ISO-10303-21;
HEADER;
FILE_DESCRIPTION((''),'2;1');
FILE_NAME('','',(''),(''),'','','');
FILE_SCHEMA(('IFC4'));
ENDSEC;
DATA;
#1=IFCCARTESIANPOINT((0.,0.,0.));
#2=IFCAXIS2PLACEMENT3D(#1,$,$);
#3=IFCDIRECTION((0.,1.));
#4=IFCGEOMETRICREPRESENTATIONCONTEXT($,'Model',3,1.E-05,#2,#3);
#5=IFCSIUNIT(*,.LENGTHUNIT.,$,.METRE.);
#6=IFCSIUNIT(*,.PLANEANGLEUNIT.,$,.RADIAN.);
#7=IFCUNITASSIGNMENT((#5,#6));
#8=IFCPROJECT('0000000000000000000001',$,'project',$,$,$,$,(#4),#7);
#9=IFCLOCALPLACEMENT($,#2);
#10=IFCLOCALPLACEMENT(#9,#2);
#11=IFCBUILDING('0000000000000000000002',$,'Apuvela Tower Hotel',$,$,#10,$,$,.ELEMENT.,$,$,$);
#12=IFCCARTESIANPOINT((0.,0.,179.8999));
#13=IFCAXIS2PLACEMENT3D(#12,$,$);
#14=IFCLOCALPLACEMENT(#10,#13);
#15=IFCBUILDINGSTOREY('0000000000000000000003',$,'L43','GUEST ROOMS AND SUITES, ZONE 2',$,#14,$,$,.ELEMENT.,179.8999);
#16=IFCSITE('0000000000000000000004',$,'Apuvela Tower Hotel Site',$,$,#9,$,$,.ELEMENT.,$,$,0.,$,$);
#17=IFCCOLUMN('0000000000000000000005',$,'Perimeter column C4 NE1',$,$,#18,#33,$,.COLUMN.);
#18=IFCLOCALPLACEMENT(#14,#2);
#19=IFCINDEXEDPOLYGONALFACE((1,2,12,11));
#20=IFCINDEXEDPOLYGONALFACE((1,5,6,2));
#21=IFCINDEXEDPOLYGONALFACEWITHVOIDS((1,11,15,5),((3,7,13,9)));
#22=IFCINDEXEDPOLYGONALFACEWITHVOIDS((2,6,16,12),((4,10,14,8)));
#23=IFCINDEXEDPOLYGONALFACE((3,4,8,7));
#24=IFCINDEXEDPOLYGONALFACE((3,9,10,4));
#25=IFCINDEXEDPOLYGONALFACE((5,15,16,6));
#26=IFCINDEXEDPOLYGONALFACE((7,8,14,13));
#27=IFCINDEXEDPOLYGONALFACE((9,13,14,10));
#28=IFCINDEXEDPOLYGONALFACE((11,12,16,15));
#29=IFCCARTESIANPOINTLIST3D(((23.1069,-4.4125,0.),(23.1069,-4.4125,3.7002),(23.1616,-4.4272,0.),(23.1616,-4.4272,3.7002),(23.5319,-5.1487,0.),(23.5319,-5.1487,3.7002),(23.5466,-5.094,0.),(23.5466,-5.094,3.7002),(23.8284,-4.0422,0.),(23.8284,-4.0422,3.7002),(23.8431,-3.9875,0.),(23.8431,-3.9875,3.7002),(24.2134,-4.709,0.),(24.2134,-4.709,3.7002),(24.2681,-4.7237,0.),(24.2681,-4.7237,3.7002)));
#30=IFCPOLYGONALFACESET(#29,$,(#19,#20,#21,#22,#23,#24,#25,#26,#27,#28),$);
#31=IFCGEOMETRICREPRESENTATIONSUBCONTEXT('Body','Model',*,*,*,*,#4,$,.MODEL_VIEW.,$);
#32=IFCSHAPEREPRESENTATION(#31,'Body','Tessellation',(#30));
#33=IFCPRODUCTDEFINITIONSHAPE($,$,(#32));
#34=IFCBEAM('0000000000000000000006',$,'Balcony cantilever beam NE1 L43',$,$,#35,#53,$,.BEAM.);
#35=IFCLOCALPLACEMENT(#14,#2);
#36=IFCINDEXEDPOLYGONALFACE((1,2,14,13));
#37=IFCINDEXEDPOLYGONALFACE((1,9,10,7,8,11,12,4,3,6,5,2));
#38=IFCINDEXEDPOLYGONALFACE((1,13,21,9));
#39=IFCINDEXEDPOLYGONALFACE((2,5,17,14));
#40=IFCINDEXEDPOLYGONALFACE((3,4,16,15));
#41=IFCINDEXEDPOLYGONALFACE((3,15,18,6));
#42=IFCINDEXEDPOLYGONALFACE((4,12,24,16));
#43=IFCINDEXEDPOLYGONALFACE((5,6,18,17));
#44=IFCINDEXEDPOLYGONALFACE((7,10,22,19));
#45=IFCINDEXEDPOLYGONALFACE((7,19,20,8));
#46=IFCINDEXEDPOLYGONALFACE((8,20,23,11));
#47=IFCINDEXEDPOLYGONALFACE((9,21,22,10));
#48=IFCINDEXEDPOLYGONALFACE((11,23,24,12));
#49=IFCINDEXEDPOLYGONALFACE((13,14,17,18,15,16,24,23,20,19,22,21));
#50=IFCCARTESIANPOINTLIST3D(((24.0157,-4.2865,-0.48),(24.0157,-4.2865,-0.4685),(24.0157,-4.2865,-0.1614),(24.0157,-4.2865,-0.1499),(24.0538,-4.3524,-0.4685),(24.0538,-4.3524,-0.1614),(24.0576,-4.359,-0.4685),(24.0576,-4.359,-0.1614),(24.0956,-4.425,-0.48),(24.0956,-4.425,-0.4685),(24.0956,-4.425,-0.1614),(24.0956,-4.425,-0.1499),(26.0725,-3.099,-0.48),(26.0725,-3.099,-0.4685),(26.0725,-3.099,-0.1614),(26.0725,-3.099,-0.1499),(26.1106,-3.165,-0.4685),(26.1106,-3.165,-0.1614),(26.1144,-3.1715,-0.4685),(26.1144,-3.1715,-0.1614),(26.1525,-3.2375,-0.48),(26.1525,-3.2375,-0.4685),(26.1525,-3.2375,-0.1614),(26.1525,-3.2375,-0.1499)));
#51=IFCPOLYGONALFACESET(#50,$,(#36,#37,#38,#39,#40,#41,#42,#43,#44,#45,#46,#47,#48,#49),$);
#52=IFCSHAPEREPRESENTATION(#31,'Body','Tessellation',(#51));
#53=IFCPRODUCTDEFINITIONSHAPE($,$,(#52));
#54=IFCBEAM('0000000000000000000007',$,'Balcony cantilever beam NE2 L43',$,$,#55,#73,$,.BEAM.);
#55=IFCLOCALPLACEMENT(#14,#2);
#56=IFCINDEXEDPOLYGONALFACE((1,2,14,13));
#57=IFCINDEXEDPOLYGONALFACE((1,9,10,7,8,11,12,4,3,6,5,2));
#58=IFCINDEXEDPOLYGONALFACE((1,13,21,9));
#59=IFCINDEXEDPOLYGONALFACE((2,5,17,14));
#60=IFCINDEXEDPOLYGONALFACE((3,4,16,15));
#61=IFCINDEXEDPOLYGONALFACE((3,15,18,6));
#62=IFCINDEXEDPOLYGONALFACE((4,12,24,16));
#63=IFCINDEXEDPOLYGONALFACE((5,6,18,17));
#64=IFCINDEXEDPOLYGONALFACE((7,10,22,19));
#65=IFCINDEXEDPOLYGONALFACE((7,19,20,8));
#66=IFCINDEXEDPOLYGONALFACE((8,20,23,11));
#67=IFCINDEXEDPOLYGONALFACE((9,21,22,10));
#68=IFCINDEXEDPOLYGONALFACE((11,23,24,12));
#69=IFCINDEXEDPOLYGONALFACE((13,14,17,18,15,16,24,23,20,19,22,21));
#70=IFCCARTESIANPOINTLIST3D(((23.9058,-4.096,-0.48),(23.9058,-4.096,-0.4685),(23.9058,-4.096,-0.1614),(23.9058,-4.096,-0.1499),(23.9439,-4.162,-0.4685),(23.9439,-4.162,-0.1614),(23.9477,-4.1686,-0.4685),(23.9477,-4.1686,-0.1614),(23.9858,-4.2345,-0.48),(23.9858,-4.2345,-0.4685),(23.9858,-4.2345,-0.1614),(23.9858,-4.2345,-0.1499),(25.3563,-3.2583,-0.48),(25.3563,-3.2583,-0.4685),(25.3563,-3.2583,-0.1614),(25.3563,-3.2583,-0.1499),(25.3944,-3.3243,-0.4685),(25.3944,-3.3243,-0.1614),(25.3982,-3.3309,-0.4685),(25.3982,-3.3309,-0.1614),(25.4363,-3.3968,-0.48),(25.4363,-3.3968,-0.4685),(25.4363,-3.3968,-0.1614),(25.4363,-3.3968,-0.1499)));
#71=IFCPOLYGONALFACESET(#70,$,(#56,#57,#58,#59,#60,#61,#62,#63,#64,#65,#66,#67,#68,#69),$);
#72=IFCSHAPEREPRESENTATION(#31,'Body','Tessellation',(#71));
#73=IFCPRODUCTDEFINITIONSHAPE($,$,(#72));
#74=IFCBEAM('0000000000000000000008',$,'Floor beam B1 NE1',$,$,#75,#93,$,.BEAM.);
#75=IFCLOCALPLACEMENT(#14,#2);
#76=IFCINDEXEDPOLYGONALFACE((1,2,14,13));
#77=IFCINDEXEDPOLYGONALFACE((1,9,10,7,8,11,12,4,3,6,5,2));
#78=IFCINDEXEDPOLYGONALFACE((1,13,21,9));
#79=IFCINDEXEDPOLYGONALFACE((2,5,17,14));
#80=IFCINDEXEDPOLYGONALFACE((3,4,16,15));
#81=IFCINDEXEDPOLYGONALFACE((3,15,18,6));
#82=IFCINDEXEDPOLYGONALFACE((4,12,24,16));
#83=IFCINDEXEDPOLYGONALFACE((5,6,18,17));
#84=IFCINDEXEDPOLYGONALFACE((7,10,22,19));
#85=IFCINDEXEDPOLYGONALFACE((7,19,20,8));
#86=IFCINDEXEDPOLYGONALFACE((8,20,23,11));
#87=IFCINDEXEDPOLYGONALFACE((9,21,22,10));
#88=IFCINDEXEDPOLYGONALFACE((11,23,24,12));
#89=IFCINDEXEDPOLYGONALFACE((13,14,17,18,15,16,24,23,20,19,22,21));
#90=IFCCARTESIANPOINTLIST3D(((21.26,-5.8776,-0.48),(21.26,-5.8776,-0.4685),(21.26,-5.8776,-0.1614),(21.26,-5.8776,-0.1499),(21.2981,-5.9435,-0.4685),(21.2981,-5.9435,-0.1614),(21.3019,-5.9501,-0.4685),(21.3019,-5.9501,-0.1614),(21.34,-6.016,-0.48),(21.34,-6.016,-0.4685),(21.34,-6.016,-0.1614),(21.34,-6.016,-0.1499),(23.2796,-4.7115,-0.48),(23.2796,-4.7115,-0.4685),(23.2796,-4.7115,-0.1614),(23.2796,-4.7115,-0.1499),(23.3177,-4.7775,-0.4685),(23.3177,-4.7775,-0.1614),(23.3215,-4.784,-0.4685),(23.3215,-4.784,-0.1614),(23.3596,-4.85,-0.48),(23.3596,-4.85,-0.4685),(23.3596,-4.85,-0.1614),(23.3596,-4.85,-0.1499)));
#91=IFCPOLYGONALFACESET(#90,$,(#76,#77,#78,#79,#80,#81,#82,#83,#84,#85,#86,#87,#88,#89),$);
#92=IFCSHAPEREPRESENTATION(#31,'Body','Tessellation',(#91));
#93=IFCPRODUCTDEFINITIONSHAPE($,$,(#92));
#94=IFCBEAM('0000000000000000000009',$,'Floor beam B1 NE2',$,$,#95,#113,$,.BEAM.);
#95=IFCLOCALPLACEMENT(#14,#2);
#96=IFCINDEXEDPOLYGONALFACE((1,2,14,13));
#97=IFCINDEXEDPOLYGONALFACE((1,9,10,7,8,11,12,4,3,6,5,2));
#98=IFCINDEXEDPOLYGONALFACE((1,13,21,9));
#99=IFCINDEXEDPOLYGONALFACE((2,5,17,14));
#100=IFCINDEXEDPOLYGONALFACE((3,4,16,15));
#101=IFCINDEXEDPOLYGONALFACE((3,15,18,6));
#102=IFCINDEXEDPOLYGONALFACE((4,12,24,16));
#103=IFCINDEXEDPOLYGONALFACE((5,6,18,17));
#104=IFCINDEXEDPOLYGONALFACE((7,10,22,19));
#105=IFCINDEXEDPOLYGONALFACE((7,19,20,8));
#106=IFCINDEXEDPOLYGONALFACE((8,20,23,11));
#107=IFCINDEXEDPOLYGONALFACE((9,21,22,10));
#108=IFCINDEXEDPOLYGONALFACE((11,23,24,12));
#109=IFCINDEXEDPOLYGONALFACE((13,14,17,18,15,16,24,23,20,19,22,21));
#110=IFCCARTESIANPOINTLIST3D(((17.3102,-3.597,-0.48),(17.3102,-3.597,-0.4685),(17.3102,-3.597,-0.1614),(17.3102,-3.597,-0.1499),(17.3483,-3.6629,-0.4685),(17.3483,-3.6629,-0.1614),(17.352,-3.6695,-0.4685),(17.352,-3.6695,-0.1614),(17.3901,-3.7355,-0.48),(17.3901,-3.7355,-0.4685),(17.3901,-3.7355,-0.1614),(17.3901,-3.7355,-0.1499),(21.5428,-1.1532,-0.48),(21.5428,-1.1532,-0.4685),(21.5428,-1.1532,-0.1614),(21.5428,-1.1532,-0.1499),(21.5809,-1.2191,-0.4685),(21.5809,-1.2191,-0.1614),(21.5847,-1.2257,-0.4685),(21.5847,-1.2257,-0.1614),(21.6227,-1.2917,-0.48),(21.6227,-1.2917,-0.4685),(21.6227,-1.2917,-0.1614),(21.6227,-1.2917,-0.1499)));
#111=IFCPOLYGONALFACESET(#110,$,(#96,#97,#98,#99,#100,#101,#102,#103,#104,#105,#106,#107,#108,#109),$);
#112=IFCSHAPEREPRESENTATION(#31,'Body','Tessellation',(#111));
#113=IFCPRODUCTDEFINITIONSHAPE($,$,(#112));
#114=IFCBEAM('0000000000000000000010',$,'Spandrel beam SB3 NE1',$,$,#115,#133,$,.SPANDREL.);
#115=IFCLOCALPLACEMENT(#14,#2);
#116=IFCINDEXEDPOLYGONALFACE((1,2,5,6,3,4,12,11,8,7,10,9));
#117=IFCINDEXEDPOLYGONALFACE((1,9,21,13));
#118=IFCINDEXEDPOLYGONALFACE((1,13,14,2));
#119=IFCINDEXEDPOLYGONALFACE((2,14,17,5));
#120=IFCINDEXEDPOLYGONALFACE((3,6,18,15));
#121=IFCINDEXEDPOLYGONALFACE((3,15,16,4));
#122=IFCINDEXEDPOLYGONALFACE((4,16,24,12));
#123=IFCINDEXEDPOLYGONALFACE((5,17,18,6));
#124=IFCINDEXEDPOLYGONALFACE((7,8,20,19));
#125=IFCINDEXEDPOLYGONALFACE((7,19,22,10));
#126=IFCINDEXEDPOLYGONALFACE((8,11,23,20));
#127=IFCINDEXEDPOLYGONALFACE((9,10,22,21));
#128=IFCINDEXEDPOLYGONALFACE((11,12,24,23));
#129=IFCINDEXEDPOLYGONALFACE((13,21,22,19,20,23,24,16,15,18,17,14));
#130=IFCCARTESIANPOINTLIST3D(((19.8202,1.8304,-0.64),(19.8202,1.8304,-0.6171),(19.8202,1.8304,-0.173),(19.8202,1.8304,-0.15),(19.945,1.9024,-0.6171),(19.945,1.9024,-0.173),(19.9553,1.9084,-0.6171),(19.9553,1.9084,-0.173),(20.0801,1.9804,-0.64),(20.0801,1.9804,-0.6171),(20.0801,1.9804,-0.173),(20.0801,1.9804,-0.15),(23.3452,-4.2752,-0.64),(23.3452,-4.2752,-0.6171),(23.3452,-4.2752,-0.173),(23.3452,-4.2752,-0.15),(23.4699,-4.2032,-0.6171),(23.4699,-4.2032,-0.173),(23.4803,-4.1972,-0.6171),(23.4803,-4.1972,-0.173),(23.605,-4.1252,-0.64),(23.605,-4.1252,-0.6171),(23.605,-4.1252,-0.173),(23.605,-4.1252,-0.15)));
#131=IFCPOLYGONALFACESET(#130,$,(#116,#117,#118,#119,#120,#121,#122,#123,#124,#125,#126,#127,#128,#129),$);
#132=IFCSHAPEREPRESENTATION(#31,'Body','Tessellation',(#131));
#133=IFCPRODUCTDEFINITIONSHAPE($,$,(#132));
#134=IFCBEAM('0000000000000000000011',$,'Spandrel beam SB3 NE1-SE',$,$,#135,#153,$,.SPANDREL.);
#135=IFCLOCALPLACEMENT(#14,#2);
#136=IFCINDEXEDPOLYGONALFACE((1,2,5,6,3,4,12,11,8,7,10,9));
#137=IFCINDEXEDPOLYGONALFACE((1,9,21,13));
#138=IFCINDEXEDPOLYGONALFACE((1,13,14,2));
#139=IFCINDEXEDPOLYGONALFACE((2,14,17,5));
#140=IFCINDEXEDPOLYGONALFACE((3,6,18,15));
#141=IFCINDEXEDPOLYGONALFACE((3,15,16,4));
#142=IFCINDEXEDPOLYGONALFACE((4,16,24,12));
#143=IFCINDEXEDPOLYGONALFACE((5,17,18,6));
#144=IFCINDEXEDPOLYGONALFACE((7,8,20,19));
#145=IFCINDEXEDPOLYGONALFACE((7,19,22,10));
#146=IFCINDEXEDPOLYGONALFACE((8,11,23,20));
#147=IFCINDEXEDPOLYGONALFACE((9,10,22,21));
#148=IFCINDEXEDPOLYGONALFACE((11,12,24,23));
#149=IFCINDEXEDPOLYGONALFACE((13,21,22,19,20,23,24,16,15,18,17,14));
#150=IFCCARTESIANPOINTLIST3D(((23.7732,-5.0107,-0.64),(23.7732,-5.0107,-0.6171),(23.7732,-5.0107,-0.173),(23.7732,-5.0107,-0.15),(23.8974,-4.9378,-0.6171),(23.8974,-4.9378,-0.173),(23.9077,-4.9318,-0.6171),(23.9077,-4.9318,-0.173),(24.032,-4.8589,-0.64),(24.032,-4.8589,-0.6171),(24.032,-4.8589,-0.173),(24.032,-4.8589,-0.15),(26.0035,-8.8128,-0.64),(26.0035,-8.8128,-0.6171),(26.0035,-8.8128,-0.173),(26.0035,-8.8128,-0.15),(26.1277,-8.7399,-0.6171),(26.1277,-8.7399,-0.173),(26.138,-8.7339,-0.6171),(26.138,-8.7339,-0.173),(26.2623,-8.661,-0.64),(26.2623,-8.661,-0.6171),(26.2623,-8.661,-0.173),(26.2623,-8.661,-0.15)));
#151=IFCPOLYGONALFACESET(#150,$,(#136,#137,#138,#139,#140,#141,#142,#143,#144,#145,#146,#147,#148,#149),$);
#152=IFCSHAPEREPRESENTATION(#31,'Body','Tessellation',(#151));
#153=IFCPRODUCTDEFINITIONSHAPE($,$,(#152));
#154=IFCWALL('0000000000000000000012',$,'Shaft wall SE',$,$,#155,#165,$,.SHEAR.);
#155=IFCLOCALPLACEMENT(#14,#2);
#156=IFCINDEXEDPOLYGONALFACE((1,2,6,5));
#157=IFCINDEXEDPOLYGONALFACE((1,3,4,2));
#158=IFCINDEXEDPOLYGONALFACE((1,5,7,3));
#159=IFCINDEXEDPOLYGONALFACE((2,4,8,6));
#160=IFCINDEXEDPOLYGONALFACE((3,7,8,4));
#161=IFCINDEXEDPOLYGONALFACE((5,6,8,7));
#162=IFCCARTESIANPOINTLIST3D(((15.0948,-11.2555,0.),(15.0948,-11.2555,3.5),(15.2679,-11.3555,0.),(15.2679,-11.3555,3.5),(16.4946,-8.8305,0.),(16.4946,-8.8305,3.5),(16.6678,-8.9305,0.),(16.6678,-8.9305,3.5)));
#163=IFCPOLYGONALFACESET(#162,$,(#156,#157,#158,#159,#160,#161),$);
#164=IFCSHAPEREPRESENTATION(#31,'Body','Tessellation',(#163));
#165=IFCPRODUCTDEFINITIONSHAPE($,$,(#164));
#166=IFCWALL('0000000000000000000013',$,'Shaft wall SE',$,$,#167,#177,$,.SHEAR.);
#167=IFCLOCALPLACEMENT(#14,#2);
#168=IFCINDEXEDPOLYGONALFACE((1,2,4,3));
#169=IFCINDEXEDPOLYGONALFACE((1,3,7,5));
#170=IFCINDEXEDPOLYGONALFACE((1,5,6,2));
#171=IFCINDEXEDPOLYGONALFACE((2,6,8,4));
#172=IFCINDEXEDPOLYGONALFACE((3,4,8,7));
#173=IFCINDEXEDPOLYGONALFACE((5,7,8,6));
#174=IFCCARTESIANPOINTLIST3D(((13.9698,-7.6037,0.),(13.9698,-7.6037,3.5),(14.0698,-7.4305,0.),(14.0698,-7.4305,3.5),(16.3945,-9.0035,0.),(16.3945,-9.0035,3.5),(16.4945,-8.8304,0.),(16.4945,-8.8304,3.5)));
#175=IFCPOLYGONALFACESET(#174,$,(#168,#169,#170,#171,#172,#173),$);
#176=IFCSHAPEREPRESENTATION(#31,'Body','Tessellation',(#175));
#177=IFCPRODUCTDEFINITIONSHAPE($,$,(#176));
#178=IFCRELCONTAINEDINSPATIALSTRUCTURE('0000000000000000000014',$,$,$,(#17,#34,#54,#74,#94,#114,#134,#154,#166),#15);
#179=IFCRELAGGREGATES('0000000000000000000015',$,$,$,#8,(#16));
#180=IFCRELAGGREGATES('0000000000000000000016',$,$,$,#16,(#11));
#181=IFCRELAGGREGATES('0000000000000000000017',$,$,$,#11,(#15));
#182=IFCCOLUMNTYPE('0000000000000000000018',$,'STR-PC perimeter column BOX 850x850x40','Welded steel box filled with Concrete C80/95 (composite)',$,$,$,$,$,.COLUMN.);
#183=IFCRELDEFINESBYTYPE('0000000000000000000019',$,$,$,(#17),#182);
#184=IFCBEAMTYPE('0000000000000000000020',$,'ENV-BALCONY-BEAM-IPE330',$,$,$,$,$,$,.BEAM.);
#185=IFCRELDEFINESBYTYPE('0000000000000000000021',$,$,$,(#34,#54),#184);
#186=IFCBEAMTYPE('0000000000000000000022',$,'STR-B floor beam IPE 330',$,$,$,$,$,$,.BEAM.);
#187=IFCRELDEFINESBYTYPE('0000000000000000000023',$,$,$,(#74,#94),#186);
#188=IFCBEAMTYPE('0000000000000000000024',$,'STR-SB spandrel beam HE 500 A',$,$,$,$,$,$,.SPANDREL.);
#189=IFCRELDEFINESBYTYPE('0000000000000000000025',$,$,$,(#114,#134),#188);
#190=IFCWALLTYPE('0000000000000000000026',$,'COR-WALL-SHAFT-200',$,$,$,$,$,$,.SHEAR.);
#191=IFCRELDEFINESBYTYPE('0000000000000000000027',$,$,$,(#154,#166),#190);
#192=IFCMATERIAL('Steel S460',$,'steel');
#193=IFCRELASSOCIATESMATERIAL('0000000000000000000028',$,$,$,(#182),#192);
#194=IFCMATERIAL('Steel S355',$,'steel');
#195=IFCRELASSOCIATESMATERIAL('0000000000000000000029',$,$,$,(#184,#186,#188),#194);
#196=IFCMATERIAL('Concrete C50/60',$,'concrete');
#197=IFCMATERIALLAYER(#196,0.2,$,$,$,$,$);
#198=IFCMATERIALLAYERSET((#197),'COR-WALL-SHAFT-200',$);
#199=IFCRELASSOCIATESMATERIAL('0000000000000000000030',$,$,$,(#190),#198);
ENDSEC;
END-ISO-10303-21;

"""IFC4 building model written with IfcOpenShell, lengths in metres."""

from ifc_helpers import new_model, si_unit, direction, frame, frame_2d, origin, origin_2d, place, context, subcontext, project, spatial, rectangle, hollow_rectangle, i_section, extrude, material, layer, layer_set, material_profile, profile_set, type_object, element, save


model = new_model("IFC4")

# Units and contexts
model_context = context("Model", 3, precision=1e-05, world=origin(), true_north=direction((0.0, 1.0)))
body_context = subcontext(model_context, "Body", "Model", "MODEL_VIEW")
ifc_project = project(units=[si_unit("LENGTHUNIT", "METRE"), si_unit("PLANEANGLEUNIT", "RADIAN")], contexts=[model_context])

# Site, building, storey
site_placement = place(None, origin())
site = spatial("IfcSite", under=ifc_project, at=site_placement, Name="Apuvela Tower Hotel Site", CompositionType="ELEMENT", RefElevation=0.0)
building_placement = place(site_placement, origin())
building = spatial("IfcBuilding", under=site, at=building_placement, Name="Apuvela Tower Hotel", CompositionType="ELEMENT")
storey_placement = place(building_placement, frame((0.0, 0.0, 179.8999)))
storey = spatial("IfcBuildingStorey", under=building, at=storey_placement, Name="L43", Description="GUEST ROOMS AND SUITES, ZONE 2", CompositionType="ELEMENT", Elevation=179.8999)

# Column
ifc_material_1 = material(Name="Steel S460", Category="steel")
ifc_material_profile_1 = material_profile(ifc_material_1, hollow_rectangle(XDim=0.8501, YDim=0.8501, WallThickness=0.04, at=origin_2d()), Name="BOX 850x850x40")
ifc_material_2 = material(Name="Concrete C80/95", Category="concrete")
ifc_material_profile_2 = material_profile(ifc_material_2, rectangle(XDim=0.77, YDim=0.77, at=origin_2d()), Name="Concrete C80/95 infill")
ifc_profile_set_1 = profile_set([ifc_material_profile_1, ifc_material_profile_2], Name="Steel S460")
column_type = type_object("IfcColumnType", Name="STR-PC perimeter column BOX 850x850x40", Description="Welded steel box filled with Concrete C80/95 (composite)", PredefinedType="COLUMN", material=ifc_profile_set_1)
column_placement = place(storey_placement, frame((23.6875, -4.5681, 0.0), z_axis=(0.0, 0.0, 1.0), x_axis=(-0.5, 0.866025, 0.0)))
element("IfcColumn", 1, at=column_placement, inside=storey, type_object=column_type, Name="Perimeter column C4 NE1", PredefinedType="COLUMN", context=body_context, shape_type="SweptSolid", body=[
    extrude(hollow_rectangle(XDim=0.8501, YDim=0.8501, WallThickness=0.04, at=origin_2d()), origin(), (0.0, 0.0, 1.0), 3.7002),
])

# Beams
ifc_material_3 = material(Name="Steel S355", Category="steel")
ifc_material_profile_3 = material_profile(ifc_material_3, i_section(OverallWidth=0.1599, OverallDepth=0.3301, WebThickness=0.0076, FlangeThickness=0.0115, at=origin_2d()), Name="IPE 330")
ifc_profile_set_2 = profile_set([ifc_material_profile_3], Name="Steel S355")
beam_type_1 = type_object("IfcBeamType", Name="ENV-BALCONY-BEAM-IPE330", PredefinedType="BEAM", material=ifc_profile_set_2)
beam_1_placement = place(storey_placement, frame((24.0557, -4.3557, -0.3149), z_axis=(0.866033, 0.499986, 0.0), x_axis=(-0.499986, 0.866033, 0.0)))
element("IfcBeam", 2, at=beam_1_placement, inside=storey, type_object=beam_type_1, Name="Balcony cantilever beam NE1 L43", PredefinedType="BEAM", context=body_context, shape_type="SweptSolid", body=[
    extrude(i_section(OverallWidth=0.1599, OverallDepth=0.3301, WebThickness=0.0076, FlangeThickness=0.0115, at=origin_2d()), origin(), (0.0, 0.0, 1.0), 2.375),
])
beam_2_placement = place(storey_placement, frame((23.9458, -4.1653, -0.3149), z_axis=(0.865965, 0.500105, 0.0), x_axis=(-0.500105, 0.865965, 0.0)))
element("IfcBeam", 3, at=beam_2_placement, inside=storey, type_object=beam_type_1, Name="Balcony cantilever beam NE2 L43", PredefinedType="BEAM", context=body_context, shape_type="SweptSolid", body=[
    extrude(i_section(OverallWidth=0.1599, OverallDepth=0.3301, WebThickness=0.0076, FlangeThickness=0.0115, at=origin_2d()), origin(), (0.0, 0.0, 1.0), 1.675),
])
ifc_material_profile_4 = material_profile(ifc_material_3, i_section(OverallWidth=0.1599, OverallDepth=0.3301, WebThickness=0.0076, FlangeThickness=0.0115, at=origin_2d()), Name="IPE 330")
ifc_profile_set_3 = profile_set([ifc_material_profile_4], Name="Steel S355")
beam_type_2 = type_object("IfcBeamType", Name="STR-B floor beam IPE 330", PredefinedType="BEAM", material=ifc_profile_set_3)
beam_3_placement = place(storey_placement, frame((23.3196, -4.7808, -0.3149), z_axis=(-0.866018, -0.500012, 0.0), x_axis=(0.500012, -0.866018, 0.0)))
element("IfcBeam", 4, at=beam_3_placement, inside=storey, type_object=beam_type_2, Name="Floor beam B1 NE1", PredefinedType="BEAM", context=body_context, shape_type="SweptSolid", body=[
    extrude(i_section(OverallWidth=0.1599, OverallDepth=0.3301, WebThickness=0.0076, FlangeThickness=0.0115, at=origin_2d()), origin(), (0.0, 0.0, 1.0), 2.332),
])
beam_4_placement = place(storey_placement, frame((21.5828, -1.2224, -0.3149), z_axis=(-0.866015, -0.500018, 0.0), x_axis=(0.500018, -0.866015, 0.0)))
element("IfcBeam", 5, at=beam_4_placement, inside=storey, type_object=beam_type_2, Name="Floor beam B1 NE2", PredefinedType="BEAM", context=body_context, shape_type="SweptSolid", body=[
    extrude(i_section(OverallWidth=0.1599, OverallDepth=0.3301, WebThickness=0.0076, FlangeThickness=0.0115, at=origin_2d()), origin(), (0.0, 0.0, 1.0), 4.8875),
])
ifc_material_profile_5 = material_profile(ifc_material_3, i_section(OverallWidth=0.3, OverallDepth=0.49, WebThickness=0.012, FlangeThickness=0.0229, at=origin_2d()), Name="HE 500 A")
ifc_profile_set_4 = profile_set([ifc_material_profile_5], Name="Steel S355")
beam_type_3 = type_object("IfcBeamType", Name="STR-SB spandrel beam HE 500 A", PredefinedType="SPANDREL", material=ifc_profile_set_4)
beam_5_placement = place(storey_placement, frame((23.4751, -4.2002, -0.395), z_axis=(-0.49999, 0.866031, 0.0), x_axis=(-0.866031, -0.49999, 0.0)))
element("IfcBeam", 6, at=beam_5_placement, inside=storey, type_object=beam_type_3, Name="Spandrel beam SB3 NE1", PredefinedType="SPANDREL", context=body_context, shape_type="SweptSolid", body=[
    extrude(i_section(OverallWidth=0.3, OverallDepth=0.49, WebThickness=0.012, FlangeThickness=0.0229, at=origin_2d()), origin(), (0.0, 0.0, 1.0), 7.05),
])
beam_6_placement = place(storey_placement, frame((23.9026, -4.9348, -0.395), z_axis=(0.505967, -0.862553, 0.0), x_axis=(0.862553, 0.505967, 0.0)))
element("IfcBeam", 7, at=beam_6_placement, inside=storey, type_object=beam_type_3, Name="Spandrel beam SB3 NE1-SE", PredefinedType="SPANDREL", context=body_context, shape_type="SweptSolid", body=[
    extrude(i_section(OverallWidth=0.3, OverallDepth=0.49, WebThickness=0.012, FlangeThickness=0.0229, at=origin_2d()), origin(), (0.0, 0.0, 1.0), 4.408),
])

# Walls
ifc_material_4 = material(Name="Concrete C50/60", Category="concrete")
ifc_layer_1 = layer(ifc_material_4, 0.2)
ifc_layer_set_1 = layer_set([ifc_layer_1], Name="COR-WALL-SHAFT-200")
wall_type_1 = type_object("IfcWallType", Name="COR-WALL-SHAFT-200", PredefinedType="SHEAR", material=ifc_layer_set_1)
wall_1_placement = place(storey_placement, frame((15.1814, -11.3054, 0.0), z_axis=(0.0, 0.0, 1.0), x_axis=(0.499946, 0.866056, 0.0)))
element("IfcWall", 8, at=wall_1_placement, inside=storey, type_object=wall_type_1, Name="Shaft wall SE", PredefinedType="SHEAR", context=body_context, shape_type="SweptSolid", body=[
    extrude(rectangle(XDim=2.8, YDim=0.2, at=frame_2d((1.3999, 0.0))), origin(), (0.0, 0.0, 1.0), 3.5),
])
wall_2_placement = place(storey_placement, frame((14.0198, -7.5171, 0.0), z_axis=(0.0, 0.0, 1.0), x_axis=(0.866035, -0.499984, 0.0)))
element("IfcWall", 9, at=wall_2_placement, inside=storey, type_object=wall_type_1, Name="Shaft wall SE", PredefinedType="SHEAR", context=body_context, shape_type="SweptSolid", body=[
    extrude(rectangle(XDim=2.7998, YDim=0.2, at=frame_2d((1.3999, 0.0))), origin(), (0.0, 0.0, 1.0), 3.5),
])

save(model, "model.ifc")
